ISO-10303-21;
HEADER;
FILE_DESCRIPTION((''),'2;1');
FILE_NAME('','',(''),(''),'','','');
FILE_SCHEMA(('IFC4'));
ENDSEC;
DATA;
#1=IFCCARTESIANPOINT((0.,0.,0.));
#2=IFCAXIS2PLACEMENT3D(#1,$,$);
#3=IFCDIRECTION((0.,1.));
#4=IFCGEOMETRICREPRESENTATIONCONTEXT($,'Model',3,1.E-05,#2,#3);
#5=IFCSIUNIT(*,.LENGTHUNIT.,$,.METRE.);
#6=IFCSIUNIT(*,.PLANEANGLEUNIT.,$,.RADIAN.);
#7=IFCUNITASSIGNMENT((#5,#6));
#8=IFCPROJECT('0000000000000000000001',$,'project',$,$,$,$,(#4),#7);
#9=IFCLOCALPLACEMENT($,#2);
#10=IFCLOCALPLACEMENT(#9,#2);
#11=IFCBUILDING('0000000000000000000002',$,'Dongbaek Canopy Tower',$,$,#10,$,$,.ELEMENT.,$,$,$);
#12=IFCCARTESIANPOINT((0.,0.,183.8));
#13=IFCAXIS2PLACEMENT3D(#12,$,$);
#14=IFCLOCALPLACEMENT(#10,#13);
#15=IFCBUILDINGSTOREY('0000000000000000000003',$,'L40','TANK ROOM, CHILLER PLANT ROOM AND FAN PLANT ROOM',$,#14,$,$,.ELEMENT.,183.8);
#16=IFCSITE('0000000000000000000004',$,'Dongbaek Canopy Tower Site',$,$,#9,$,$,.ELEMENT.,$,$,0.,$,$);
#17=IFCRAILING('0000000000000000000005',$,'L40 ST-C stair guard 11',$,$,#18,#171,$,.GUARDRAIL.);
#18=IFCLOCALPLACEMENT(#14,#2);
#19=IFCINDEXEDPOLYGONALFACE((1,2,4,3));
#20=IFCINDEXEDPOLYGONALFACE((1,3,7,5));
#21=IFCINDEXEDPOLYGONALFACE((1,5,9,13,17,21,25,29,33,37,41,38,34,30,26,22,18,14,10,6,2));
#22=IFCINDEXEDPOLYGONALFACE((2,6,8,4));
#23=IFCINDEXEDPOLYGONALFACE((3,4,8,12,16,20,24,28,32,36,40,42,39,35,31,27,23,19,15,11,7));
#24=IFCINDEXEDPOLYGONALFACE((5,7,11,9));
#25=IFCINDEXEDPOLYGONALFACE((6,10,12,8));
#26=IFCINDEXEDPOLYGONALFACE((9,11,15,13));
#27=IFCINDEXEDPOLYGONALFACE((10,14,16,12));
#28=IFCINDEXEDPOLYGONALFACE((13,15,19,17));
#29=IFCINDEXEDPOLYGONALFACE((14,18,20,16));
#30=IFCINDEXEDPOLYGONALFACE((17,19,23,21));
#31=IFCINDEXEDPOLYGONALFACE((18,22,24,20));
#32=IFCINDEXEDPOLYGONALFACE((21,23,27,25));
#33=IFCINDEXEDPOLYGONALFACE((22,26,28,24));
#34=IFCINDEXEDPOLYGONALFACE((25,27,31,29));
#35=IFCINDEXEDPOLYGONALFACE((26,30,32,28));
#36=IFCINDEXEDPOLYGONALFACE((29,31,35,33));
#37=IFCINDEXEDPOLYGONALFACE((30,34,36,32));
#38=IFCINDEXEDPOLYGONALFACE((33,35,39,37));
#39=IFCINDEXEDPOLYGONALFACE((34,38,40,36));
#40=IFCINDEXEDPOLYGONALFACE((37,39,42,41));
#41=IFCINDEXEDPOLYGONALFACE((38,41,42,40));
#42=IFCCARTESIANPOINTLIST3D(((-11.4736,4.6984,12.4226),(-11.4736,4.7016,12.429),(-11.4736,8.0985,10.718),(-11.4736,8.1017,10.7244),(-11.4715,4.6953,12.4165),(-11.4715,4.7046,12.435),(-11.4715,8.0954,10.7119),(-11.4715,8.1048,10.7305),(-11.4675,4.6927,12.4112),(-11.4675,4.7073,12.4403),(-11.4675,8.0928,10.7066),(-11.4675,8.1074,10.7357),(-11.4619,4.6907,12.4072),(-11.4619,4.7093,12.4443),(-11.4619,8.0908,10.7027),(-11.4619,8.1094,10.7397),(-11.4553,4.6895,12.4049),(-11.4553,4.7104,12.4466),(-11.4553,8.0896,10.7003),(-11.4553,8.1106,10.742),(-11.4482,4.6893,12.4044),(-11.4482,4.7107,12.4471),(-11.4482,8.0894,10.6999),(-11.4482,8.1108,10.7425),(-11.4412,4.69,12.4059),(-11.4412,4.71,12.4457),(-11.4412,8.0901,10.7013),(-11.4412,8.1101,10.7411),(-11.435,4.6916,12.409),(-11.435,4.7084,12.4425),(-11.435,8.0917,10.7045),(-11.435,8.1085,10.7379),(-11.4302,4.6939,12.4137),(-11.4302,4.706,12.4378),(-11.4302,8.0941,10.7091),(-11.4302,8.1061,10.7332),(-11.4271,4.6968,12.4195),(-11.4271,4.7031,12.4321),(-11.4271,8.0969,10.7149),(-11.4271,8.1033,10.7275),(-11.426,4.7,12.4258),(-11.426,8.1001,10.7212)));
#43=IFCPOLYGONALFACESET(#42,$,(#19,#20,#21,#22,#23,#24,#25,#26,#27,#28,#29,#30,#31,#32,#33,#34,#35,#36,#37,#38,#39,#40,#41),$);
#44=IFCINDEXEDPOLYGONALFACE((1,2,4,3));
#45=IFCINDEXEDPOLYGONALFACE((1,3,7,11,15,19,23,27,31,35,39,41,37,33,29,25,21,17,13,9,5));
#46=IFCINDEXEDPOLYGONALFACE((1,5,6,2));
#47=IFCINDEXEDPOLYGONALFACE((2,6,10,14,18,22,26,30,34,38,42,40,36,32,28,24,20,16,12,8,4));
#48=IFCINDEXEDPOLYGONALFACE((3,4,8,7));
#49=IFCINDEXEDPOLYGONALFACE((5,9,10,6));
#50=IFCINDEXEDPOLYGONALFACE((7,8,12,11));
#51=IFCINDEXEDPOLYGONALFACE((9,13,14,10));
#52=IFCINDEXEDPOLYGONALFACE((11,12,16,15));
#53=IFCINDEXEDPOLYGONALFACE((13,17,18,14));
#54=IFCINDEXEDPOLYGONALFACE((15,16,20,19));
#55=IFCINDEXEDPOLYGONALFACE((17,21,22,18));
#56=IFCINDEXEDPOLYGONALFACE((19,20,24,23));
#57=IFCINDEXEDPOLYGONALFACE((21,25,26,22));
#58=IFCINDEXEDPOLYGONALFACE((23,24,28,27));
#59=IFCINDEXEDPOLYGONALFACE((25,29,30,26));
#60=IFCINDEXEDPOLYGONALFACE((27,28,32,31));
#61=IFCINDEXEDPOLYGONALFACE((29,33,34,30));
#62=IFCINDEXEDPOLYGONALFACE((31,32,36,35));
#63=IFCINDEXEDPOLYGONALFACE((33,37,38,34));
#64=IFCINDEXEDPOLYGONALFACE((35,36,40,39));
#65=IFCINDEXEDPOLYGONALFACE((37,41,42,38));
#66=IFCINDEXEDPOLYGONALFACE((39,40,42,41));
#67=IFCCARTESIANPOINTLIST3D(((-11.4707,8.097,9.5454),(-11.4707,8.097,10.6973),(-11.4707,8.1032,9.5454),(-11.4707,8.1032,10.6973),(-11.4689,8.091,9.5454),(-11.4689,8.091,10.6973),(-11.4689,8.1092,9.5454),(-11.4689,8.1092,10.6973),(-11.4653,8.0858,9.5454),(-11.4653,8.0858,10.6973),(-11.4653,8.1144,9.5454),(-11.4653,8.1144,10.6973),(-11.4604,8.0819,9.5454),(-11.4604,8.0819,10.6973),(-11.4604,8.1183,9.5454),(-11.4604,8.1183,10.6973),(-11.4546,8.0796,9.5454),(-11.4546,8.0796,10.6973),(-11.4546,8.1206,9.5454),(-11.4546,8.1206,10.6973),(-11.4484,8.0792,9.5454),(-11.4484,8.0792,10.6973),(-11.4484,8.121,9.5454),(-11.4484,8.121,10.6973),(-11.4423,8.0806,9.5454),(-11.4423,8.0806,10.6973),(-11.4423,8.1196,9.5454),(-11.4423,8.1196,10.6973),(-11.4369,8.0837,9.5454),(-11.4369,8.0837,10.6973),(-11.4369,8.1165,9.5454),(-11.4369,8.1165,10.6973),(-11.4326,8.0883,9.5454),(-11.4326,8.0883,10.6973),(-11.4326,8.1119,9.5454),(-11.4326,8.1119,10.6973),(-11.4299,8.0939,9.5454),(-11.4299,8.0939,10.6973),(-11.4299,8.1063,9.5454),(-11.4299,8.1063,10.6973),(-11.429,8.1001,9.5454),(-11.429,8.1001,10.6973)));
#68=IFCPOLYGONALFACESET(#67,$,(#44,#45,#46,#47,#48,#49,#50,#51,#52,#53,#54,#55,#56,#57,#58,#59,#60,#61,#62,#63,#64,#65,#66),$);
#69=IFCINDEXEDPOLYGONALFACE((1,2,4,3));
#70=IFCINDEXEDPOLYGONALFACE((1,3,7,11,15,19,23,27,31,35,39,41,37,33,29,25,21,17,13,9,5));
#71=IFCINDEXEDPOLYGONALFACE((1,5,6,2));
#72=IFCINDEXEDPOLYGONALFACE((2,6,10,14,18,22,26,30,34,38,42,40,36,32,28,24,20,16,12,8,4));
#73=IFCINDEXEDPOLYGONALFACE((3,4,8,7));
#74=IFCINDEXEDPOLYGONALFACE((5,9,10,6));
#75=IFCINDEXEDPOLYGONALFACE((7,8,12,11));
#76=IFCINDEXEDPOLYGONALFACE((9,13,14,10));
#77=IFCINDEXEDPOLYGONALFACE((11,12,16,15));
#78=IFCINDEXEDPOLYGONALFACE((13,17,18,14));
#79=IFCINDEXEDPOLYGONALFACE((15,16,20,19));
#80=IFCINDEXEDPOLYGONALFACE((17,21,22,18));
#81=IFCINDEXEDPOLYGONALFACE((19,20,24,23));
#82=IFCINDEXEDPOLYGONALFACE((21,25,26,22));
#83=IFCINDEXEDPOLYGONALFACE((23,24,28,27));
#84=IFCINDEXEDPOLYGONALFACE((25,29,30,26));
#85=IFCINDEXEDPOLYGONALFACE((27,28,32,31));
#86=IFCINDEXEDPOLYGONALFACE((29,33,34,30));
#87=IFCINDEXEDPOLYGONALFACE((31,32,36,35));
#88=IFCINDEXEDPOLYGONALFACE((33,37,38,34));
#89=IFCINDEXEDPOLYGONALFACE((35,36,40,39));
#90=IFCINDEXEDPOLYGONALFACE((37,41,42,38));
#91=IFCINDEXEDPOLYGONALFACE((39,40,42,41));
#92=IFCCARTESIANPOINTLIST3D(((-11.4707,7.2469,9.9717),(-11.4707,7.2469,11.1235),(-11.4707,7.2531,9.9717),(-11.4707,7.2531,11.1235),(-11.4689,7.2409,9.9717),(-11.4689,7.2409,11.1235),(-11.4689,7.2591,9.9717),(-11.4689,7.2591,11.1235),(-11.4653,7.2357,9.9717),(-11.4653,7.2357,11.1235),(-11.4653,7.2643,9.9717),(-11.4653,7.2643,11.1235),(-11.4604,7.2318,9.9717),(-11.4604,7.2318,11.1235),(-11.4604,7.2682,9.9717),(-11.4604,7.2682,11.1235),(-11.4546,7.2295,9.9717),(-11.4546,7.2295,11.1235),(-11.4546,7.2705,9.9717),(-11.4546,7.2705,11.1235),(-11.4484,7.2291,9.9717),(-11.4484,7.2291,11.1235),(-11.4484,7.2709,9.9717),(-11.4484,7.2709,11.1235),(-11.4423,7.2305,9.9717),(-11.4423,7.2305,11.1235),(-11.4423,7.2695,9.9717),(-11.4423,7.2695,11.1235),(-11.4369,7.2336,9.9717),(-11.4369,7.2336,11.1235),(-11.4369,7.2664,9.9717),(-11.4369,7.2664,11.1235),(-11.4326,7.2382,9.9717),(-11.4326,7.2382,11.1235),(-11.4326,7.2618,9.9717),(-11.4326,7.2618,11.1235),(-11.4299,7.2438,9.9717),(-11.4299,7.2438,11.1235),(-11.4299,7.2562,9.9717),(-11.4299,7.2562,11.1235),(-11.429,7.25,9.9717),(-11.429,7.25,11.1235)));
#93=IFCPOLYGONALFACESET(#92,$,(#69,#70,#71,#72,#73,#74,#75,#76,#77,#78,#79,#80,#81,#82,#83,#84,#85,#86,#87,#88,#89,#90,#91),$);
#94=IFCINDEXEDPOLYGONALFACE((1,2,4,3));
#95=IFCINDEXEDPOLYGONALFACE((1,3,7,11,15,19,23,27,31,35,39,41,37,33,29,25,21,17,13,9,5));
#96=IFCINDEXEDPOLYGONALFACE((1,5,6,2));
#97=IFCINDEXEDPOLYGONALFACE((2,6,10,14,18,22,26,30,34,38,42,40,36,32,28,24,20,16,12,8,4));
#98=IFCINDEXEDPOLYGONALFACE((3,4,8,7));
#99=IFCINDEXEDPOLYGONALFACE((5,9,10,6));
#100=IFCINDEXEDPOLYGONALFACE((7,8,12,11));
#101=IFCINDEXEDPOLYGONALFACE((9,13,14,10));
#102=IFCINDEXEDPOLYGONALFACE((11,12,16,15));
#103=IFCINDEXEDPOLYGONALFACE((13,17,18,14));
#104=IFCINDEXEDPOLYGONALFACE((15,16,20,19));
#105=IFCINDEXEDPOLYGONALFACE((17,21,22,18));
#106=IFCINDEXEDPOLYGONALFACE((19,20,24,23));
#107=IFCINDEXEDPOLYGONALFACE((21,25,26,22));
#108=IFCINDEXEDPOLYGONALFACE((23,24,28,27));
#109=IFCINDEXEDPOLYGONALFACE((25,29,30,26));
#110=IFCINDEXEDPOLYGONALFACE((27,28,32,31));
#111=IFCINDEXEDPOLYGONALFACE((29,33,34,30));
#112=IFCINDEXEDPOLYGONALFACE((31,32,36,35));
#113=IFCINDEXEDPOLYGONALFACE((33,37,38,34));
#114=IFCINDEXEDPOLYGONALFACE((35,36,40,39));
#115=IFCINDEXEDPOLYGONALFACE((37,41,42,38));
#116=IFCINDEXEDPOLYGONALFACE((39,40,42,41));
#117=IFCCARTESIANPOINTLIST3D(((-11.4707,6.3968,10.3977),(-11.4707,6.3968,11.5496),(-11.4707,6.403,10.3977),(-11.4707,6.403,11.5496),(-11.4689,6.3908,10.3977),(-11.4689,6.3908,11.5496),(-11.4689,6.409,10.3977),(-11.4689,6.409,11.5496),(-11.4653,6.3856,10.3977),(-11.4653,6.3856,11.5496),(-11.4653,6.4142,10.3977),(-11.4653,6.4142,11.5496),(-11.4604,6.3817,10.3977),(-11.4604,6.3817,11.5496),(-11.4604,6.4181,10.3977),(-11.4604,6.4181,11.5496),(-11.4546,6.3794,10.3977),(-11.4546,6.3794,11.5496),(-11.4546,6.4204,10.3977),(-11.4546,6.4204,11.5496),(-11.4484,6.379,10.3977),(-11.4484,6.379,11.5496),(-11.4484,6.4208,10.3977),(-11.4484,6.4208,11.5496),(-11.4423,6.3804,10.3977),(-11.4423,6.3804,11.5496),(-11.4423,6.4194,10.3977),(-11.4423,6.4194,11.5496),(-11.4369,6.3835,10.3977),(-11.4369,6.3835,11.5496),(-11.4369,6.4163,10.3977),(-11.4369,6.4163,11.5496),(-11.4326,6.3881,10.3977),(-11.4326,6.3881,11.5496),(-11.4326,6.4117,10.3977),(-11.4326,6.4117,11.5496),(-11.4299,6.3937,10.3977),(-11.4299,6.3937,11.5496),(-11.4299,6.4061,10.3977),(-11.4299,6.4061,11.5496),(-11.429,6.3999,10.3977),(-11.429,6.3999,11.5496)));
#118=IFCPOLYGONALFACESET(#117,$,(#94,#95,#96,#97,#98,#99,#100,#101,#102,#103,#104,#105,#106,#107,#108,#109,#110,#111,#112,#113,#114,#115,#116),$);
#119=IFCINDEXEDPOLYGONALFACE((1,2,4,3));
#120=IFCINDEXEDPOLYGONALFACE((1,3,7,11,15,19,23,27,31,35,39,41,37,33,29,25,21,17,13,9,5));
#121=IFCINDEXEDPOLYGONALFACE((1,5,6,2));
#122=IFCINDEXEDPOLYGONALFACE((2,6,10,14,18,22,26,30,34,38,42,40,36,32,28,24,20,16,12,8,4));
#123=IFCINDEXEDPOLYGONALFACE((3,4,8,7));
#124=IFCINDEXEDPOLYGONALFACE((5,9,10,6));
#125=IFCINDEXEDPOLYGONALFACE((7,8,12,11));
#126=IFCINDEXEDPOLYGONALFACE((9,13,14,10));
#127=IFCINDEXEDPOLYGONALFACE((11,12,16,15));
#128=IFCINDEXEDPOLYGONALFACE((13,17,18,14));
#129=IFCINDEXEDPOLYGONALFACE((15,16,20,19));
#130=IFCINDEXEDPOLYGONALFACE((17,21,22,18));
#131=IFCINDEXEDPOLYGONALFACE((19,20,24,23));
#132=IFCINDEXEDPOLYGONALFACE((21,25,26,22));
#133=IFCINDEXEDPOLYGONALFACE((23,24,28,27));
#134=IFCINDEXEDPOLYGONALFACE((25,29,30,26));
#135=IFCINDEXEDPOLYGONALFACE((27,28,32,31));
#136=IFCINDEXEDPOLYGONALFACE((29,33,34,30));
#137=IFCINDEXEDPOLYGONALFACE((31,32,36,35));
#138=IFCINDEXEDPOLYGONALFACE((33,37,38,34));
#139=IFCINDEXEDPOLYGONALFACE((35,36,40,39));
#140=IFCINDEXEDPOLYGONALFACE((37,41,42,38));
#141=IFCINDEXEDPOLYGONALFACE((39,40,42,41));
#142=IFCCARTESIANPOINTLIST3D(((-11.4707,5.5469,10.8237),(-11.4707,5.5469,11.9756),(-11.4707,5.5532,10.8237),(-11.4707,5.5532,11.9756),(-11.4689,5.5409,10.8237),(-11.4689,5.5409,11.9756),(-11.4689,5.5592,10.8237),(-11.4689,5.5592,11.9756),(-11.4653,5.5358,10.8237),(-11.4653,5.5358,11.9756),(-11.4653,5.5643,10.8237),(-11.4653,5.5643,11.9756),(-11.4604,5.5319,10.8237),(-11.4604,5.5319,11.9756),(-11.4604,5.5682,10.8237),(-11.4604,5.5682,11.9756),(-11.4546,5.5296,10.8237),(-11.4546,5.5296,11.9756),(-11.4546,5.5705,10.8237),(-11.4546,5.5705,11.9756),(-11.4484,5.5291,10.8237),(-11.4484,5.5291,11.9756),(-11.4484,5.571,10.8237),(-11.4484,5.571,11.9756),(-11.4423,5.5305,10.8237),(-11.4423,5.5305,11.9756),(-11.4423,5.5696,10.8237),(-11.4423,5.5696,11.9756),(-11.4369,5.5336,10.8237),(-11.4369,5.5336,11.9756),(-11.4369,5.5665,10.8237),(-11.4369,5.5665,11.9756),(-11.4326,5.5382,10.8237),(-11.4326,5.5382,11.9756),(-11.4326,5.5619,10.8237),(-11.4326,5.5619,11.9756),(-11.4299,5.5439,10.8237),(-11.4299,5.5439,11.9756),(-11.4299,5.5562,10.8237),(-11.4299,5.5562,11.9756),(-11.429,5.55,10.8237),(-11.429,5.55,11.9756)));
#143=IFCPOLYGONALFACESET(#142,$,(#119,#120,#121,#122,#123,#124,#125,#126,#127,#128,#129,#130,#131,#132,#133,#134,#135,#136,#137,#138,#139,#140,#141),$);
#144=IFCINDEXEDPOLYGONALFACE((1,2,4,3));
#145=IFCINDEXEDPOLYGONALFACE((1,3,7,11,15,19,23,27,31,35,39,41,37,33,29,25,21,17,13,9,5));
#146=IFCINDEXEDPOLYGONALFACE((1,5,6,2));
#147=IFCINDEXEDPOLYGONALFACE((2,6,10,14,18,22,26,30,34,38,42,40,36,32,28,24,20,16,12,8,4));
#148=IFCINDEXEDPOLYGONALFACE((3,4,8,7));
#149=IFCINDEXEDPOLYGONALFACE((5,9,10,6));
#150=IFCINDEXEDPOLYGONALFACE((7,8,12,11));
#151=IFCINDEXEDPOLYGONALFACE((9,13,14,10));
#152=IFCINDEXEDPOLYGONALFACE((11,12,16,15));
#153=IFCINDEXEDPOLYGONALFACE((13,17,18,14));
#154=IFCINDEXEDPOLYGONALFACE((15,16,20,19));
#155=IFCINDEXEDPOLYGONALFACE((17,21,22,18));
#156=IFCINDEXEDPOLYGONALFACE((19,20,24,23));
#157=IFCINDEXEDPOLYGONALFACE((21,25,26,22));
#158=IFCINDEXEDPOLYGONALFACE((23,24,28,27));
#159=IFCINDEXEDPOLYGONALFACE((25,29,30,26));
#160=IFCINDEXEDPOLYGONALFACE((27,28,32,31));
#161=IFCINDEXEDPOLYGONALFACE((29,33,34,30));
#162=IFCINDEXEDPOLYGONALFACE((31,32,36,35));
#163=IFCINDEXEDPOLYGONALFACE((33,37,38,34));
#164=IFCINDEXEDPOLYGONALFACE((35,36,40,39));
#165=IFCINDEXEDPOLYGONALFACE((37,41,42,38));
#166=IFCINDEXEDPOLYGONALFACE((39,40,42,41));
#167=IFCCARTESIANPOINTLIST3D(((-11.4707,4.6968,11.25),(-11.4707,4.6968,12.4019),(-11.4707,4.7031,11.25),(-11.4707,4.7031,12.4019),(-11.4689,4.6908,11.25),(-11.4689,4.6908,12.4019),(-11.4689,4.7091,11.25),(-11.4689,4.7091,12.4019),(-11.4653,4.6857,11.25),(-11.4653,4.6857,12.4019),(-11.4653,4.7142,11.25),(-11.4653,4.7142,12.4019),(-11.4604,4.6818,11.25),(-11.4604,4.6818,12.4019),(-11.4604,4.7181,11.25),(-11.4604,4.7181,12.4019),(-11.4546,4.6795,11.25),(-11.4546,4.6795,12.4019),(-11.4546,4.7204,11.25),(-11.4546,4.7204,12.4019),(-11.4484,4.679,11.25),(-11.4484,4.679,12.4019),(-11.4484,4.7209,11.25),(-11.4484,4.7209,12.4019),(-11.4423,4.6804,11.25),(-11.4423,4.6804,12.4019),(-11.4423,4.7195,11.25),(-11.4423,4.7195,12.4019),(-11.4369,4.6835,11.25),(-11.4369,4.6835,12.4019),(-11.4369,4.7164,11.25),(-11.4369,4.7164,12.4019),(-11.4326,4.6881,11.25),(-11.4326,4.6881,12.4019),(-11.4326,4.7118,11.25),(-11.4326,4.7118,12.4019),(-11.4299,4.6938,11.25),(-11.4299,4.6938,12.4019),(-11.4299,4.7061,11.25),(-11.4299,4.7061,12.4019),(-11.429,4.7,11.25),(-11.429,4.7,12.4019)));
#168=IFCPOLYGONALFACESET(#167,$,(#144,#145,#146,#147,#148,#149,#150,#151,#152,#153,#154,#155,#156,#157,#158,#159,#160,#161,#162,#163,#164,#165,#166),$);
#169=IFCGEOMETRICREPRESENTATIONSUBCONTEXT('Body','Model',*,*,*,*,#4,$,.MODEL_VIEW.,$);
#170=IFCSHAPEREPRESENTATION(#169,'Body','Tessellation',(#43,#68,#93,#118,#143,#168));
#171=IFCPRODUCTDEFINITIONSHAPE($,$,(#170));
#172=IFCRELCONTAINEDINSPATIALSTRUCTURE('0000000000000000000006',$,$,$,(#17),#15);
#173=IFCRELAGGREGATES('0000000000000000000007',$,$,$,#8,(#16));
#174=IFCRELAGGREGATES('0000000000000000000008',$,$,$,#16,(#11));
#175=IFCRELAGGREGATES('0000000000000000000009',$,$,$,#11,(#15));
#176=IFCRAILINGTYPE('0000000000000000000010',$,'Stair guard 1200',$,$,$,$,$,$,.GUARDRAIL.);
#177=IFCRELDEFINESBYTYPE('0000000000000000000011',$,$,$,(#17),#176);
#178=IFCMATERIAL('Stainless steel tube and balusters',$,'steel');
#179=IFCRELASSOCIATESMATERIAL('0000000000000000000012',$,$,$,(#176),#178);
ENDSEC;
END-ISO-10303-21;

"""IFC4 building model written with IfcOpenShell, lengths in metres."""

from ifc_helpers import new_model, si_unit, direction, frame, origin, origin_2d, place, context, subcontext, project, spatial, circle, extrude, material, type_object, element, save


model = new_model("IFC4")

# Units and contexts
model_context = context("Model", 3, precision=1e-05, world=origin(), true_north=direction((0.0, 1.0)))
body_context = subcontext(model_context, "Body", "Model", "MODEL_VIEW")
ifc_project = project(units=[si_unit("LENGTHUNIT", "METRE"), si_unit("PLANEANGLEUNIT", "RADIAN")], contexts=[model_context])

# Site, building, storey
site_placement = place(None, origin())
site = spatial("IfcSite", under=ifc_project, at=site_placement, Name="Dongbaek Canopy Tower Site", CompositionType="ELEMENT", RefElevation=0.0)
building_placement = place(site_placement, origin())
building = spatial("IfcBuilding", under=site, at=building_placement, Name="Dongbaek Canopy Tower", CompositionType="ELEMENT")
storey_placement = place(building_placement, frame((0.0, 0.0, 183.8)))
storey = spatial("IfcBuildingStorey", under=building, at=storey_placement, Name="L40", Description="TANK ROOM, CHILLER PLANT ROOM AND FAN PLANT ROOM", CompositionType="ELEMENT", Elevation=183.8)

# Railing
ifc_material_1 = material(Name="Stainless steel tube and balusters", Category="steel")
railing_type_1 = type_object("IfcRailingType", Name="Stair guard 1200", PredefinedType="GUARDRAIL", material=ifc_material_1)
railing_1_placement = place(storey_placement, frame((-11.45, 8.1001, 9.5454)))
element("IfcRailing", 1, at=railing_1_placement, inside=storey, type_object=railing_type_1, Name="L40 ST-C stair guard 11", PredefinedType="GUARDRAIL", context=body_context, shape_type="SweptSolid", body=[
    extrude(circle(Radius=0.0239, at=origin_2d()), frame((0.0, 0.0, 1.1758), z_axis=(0.0, -0.893952, 0.448163), x_axis=(1.0, 0.0, 0.0)), (0.0, 0.0, 1.0), 3.8035),
    extrude(circle(Radius=0.021, at=origin_2d()), origin(), (0.0, 0.0, 1.0), 1.1519),
    extrude(circle(Radius=0.021, at=origin_2d()), frame((0.0, -0.8501, 0.4263)), (0.0, 0.0, 1.0), 1.1519),
    extrude(circle(Radius=0.021, at=origin_2d()), frame((0.0, -1.7002, 0.8523)), (0.0, 0.0, 1.0), 1.1519),
    extrude(circle(Radius=0.021, at=origin_2d()), frame((0.0, -2.55, 1.2783)), (0.0, 0.0, 1.0), 1.1519),
    extrude(circle(Radius=0.021, at=origin_2d()), frame((0.0, -3.4001, 1.7046)), (0.0, 0.0, 1.0), 1.1519),
])

save(model, "model.ifc")
